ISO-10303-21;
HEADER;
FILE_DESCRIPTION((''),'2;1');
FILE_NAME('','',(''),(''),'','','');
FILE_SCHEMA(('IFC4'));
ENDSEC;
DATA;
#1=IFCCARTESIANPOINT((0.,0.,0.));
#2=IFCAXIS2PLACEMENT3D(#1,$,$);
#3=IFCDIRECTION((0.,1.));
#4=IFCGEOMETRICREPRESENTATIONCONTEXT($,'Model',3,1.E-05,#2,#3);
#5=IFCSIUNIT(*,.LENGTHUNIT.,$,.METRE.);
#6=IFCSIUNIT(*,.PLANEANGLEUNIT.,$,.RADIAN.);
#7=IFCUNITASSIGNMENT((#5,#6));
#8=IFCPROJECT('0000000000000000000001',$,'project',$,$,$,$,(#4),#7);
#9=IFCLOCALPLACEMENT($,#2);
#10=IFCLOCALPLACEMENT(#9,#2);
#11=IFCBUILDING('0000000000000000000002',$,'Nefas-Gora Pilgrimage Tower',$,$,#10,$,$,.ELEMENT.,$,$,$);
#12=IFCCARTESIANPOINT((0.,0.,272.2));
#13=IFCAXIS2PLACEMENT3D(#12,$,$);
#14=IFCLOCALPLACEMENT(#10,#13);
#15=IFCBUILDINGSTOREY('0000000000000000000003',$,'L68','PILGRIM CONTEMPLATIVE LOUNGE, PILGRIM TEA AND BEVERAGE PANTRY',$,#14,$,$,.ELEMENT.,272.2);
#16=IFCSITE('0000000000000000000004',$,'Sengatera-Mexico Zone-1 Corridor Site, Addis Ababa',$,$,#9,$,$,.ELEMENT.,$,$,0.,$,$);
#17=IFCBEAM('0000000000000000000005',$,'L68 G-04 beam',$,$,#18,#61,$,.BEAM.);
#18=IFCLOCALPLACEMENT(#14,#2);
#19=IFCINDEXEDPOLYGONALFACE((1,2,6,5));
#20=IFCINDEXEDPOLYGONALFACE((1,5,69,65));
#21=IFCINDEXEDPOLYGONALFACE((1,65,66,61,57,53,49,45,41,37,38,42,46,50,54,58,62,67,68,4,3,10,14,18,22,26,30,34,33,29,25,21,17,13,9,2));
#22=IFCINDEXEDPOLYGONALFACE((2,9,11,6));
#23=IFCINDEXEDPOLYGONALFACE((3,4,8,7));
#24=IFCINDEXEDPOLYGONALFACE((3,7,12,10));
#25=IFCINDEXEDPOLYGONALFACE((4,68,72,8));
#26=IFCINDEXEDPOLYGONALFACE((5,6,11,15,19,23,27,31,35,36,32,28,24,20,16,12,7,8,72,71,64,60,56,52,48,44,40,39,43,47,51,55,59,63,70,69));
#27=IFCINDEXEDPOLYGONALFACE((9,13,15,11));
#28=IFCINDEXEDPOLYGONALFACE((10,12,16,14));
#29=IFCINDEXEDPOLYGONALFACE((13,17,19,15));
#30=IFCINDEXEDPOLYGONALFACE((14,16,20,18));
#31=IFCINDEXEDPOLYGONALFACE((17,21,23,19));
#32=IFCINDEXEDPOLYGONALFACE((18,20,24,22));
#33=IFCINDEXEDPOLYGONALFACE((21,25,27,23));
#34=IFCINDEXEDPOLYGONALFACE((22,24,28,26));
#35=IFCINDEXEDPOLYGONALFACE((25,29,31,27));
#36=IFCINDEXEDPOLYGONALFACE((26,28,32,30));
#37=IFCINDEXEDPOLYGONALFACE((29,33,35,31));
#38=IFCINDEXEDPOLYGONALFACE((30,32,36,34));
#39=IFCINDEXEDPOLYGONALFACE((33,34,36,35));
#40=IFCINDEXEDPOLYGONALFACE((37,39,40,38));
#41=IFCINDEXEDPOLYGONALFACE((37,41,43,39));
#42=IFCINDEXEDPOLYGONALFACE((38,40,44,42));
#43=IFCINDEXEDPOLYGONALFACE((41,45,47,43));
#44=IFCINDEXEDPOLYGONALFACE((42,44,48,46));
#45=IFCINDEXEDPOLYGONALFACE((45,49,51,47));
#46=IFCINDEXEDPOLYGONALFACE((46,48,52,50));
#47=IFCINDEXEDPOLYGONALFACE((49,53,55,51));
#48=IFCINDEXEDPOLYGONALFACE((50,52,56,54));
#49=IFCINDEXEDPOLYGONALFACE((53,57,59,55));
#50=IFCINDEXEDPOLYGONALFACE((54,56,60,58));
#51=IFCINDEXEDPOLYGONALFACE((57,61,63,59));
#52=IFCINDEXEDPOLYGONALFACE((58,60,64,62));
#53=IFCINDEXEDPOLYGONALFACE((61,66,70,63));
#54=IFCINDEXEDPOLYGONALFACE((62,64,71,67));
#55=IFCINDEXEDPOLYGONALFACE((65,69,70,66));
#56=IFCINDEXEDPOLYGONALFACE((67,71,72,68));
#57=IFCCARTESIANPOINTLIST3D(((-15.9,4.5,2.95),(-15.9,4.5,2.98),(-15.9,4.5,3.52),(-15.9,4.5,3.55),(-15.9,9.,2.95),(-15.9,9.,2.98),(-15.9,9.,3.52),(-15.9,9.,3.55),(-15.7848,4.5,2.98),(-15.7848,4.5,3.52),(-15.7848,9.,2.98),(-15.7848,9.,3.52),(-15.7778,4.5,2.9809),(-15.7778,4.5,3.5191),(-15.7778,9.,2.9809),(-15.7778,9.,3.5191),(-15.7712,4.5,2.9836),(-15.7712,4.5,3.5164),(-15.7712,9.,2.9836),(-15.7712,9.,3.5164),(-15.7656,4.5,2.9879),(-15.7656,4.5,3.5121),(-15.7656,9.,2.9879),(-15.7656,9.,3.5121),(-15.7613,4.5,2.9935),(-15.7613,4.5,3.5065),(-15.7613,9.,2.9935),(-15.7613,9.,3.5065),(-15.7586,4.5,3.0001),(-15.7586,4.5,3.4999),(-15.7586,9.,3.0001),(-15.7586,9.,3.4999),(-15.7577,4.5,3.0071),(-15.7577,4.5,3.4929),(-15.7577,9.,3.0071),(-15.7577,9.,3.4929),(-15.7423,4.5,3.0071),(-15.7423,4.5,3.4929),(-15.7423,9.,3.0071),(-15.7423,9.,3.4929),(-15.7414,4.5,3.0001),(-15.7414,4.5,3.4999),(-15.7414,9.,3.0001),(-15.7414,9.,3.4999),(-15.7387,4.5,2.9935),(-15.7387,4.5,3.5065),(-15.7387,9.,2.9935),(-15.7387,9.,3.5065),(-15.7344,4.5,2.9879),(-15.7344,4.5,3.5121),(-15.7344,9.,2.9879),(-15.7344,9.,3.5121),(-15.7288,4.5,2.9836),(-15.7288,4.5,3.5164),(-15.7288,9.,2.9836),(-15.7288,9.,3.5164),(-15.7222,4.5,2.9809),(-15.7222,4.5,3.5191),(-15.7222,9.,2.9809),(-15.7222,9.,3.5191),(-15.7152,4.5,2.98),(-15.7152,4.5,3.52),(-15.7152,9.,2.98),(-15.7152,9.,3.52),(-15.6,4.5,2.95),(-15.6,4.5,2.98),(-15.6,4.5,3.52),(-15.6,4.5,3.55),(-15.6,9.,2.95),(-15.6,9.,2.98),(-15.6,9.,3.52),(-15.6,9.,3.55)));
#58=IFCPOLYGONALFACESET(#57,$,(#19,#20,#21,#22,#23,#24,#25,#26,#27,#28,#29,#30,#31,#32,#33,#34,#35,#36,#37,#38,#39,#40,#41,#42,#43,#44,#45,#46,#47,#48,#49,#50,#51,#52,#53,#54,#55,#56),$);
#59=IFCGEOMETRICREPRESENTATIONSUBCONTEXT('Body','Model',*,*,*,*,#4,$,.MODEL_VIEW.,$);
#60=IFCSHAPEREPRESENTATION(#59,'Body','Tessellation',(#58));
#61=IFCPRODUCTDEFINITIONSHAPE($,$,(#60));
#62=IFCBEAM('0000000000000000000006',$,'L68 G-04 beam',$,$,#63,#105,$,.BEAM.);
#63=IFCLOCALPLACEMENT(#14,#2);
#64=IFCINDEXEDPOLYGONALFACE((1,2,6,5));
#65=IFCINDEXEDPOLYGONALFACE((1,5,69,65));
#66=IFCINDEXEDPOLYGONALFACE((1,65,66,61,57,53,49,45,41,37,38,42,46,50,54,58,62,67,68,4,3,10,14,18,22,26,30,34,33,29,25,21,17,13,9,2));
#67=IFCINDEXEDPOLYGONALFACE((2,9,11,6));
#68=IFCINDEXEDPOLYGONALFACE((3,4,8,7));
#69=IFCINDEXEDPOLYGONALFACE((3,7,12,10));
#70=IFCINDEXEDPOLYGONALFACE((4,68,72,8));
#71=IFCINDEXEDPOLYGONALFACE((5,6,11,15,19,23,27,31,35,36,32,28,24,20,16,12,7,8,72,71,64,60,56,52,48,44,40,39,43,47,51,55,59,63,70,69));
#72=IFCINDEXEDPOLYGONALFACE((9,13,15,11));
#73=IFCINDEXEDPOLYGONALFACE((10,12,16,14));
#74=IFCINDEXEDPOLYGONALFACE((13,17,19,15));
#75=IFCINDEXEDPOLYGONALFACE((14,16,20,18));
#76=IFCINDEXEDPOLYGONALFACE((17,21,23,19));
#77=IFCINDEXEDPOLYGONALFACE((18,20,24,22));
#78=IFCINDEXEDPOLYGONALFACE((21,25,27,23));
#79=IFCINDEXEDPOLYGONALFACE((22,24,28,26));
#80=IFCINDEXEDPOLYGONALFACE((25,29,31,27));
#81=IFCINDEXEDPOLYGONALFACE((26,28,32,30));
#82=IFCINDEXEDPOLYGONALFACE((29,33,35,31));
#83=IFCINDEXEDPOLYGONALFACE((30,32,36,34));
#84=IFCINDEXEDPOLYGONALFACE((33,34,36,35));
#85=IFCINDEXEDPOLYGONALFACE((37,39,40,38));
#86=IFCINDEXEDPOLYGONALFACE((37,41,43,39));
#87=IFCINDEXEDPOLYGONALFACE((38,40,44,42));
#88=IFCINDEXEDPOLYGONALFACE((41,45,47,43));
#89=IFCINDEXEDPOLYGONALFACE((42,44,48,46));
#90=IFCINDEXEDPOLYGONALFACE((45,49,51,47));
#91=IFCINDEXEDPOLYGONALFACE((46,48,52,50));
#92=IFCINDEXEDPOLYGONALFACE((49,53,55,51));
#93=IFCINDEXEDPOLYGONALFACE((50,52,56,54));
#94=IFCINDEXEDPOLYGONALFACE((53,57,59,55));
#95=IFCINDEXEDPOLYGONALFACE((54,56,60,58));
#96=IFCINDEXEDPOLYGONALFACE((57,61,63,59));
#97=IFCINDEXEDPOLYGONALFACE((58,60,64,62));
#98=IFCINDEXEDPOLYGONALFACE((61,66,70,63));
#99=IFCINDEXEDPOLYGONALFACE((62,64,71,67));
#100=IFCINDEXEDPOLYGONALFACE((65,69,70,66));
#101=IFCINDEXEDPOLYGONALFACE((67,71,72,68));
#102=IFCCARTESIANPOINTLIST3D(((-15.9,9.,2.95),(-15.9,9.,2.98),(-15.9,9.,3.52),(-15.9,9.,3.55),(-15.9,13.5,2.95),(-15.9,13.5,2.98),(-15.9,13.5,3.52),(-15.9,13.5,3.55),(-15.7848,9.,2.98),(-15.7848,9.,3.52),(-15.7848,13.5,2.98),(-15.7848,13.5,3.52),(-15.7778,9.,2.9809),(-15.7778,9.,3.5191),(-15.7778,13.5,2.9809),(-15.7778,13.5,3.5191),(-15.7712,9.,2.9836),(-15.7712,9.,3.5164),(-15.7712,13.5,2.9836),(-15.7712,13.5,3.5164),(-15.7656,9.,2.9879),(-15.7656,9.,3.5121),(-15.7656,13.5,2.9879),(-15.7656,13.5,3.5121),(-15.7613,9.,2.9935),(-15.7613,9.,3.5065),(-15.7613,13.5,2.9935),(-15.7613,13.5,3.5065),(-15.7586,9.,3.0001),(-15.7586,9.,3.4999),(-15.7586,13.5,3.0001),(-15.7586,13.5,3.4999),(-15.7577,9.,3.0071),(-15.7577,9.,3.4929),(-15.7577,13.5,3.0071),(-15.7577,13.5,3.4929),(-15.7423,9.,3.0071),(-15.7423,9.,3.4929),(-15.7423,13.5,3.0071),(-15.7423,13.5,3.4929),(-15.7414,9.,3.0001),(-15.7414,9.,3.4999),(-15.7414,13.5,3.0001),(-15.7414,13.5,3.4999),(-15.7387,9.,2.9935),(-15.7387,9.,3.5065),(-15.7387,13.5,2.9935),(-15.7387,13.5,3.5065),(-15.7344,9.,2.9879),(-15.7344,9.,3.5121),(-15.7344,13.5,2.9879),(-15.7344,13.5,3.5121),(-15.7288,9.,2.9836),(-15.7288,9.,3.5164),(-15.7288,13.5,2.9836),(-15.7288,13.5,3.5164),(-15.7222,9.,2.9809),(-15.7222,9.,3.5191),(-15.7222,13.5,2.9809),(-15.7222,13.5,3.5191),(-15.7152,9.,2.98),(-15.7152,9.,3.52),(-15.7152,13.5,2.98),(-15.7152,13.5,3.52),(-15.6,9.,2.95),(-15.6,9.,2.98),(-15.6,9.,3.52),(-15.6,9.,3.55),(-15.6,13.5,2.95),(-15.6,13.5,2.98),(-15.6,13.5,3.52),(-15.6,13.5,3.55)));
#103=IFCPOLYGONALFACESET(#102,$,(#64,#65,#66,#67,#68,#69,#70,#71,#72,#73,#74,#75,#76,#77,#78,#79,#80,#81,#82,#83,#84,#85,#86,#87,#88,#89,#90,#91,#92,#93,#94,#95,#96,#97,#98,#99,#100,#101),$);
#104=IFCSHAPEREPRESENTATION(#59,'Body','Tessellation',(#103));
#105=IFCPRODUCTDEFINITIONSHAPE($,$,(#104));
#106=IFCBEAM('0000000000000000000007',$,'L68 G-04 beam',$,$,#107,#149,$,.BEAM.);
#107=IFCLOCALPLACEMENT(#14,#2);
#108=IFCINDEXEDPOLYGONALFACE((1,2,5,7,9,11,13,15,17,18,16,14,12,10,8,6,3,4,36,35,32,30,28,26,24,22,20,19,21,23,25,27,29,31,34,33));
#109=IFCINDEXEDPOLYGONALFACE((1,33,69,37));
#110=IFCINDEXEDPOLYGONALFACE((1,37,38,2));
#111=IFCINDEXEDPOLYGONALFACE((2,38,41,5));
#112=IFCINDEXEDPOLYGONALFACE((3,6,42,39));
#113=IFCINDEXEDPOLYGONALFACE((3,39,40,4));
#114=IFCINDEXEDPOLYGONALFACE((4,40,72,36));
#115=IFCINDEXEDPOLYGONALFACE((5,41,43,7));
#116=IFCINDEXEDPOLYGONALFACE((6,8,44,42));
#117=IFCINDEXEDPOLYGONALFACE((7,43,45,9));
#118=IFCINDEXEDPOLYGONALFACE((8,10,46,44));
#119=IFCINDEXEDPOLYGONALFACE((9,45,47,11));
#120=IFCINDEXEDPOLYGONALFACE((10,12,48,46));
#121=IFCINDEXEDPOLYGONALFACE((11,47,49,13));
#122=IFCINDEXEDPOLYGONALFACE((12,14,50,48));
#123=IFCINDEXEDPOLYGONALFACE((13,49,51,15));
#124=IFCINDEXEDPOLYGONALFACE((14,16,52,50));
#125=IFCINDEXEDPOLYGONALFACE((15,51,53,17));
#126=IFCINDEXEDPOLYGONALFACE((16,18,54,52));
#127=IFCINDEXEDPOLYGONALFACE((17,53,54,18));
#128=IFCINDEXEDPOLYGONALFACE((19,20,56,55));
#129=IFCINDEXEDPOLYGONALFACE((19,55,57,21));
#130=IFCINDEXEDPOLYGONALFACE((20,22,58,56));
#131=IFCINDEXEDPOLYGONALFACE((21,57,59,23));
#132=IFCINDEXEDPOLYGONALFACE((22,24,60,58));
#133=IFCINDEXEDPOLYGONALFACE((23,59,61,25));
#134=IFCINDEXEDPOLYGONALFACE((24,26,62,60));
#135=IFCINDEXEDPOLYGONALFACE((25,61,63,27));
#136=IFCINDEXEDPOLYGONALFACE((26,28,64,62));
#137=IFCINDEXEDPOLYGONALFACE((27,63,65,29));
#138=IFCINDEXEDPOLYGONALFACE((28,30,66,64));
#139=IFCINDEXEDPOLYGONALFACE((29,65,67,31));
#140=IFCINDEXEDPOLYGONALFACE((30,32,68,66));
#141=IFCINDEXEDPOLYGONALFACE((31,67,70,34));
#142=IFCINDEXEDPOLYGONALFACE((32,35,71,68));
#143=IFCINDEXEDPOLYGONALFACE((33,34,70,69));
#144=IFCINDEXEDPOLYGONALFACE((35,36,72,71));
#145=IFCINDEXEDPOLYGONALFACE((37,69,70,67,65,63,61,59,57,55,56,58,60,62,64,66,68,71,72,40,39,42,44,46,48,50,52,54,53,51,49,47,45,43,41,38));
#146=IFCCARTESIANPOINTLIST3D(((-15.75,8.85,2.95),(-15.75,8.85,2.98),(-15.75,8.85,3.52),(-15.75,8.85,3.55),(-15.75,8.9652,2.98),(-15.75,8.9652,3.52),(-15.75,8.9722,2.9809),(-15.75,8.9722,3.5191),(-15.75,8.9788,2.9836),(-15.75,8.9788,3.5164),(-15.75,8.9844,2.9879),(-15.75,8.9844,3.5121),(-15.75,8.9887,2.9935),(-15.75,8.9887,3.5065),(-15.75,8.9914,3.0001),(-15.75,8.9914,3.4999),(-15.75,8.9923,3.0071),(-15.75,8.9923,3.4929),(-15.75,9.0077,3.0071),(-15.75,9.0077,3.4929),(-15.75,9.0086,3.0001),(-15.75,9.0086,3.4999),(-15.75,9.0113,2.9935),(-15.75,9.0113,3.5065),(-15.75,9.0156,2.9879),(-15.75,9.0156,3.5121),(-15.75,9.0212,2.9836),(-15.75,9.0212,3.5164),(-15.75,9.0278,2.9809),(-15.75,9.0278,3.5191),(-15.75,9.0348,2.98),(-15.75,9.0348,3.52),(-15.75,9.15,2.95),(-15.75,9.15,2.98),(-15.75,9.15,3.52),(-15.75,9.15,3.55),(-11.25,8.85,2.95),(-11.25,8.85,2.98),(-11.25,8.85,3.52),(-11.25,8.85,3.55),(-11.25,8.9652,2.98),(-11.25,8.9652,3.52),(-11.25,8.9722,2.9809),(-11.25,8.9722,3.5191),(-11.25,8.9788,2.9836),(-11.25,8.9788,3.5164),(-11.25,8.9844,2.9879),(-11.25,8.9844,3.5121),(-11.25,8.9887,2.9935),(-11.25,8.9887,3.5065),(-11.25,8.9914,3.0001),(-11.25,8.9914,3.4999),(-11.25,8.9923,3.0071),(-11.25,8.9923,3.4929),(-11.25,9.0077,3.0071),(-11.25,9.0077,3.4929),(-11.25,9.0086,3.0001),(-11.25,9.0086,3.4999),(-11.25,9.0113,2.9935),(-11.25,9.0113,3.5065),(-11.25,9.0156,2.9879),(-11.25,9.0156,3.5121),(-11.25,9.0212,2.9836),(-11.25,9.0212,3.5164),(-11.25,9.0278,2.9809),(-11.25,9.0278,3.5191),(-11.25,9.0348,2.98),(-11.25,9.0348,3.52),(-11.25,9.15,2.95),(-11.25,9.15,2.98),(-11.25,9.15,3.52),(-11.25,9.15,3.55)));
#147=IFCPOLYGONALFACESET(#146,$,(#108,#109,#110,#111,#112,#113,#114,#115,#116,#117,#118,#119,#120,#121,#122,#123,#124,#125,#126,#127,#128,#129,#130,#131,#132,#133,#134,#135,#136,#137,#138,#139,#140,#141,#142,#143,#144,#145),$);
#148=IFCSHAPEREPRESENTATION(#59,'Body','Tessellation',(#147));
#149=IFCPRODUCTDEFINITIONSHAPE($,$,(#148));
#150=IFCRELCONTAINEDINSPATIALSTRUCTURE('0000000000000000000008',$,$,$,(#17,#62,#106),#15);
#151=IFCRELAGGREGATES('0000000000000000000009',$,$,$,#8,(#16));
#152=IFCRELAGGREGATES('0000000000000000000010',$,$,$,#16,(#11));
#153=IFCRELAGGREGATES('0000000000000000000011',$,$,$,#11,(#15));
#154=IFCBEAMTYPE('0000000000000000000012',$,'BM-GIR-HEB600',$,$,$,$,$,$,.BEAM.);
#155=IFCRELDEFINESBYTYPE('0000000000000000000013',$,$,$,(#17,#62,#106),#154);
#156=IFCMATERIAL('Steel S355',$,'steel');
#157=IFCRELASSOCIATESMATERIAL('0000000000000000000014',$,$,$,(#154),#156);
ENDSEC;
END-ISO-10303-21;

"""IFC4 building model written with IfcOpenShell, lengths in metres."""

from ifc_helpers import new_model, si_unit, direction, frame, origin, origin_2d, place, context, subcontext, project, spatial, i_section, extrude, source, transform, mapped, material, material_profile, profile_set, type_object, element, save


model = new_model("IFC4")

# Units and contexts
model_context = context("Model", 3, precision=1e-05, world=origin(), true_north=direction((0.0, 1.0)))
body_context = subcontext(model_context, "Body", "Model", "MODEL_VIEW")
ifc_project = project(units=[si_unit("LENGTHUNIT", "METRE"), si_unit("PLANEANGLEUNIT", "RADIAN")], contexts=[model_context])

# Site, building, storey
site_placement = place(None, origin())
site = spatial("IfcSite", under=ifc_project, at=site_placement, Name="Sengatera-Mexico Zone-1 Corridor Site, Addis Ababa", CompositionType="ELEMENT", RefElevation=0.0)
building_placement = place(site_placement, origin())
building = spatial("IfcBuilding", under=site, at=building_placement, Name="Nefas-Gora Pilgrimage Tower", CompositionType="ELEMENT")
storey_placement = place(building_placement, frame((0.0, 0.0, 272.2)))
storey = spatial("IfcBuildingStorey", under=building, at=storey_placement, Name="L68", Description="PILGRIM CONTEMPLATIVE LOUNGE, PILGRIM TEA AND BEVERAGE PANTRY", CompositionType="ELEMENT", Elevation=272.2)

# Shared definitions
ifc_material_1 = material(Name="Steel S355", Category="steel")

# Beams
ifc_material_profile_1 = material_profile(ifc_material_1, i_section(OverallWidth=0.3, OverallDepth=0.6001, WebThickness=0.0154, FlangeThickness=0.03, FilletRadius=0.0271, at=origin_2d()), Name="HEB 600")
ifc_profile_set_1 = profile_set([ifc_material_profile_1], Name="Steel S355")
beam_type_1 = type_object("IfcBeamType", Name="BM-GIR-HEB600", PredefinedType="BEAM", material=ifc_profile_set_1)
shared_shape_1 = source(origin(), body_context, "Body", "SweptSolid", [
    extrude(i_section(OverallWidth=0.3, OverallDepth=0.6001, WebThickness=0.0154, FlangeThickness=0.03, FilletRadius=0.0271, at=origin_2d()), origin(), (0.0, 0.0, 1.0), 4.5),
])
for number, where, z_axis, x_axis, name in (
    (1, (-15.75, 4.5, 3.25), (0.0, 1.0, 0.0), (-1.0, 0.0, 0.0), "L68 G-04 beam"),
    (2, (-15.75, 9.0, 3.25), (0.0, 1.0, 0.0), (-1.0, 0.0, 0.0), "L68 G-04 beam"),
    (3, (-15.75, 9.0, 3.25), (1.0, 0.0, 0.0), (0.0, 1.0, 0.0), "L68 G-04 beam"),
):
    element("IfcBeam", number, at=place(storey_placement, frame(where, z_axis=z_axis, x_axis=x_axis)), inside=storey, type_object=beam_type_1, Name=name, PredefinedType="BEAM", context=body_context, shape_type="MappedRepresentation", body=[
        mapped(shared_shape_1, transform((0.0, 0.0, 0.0), x_axis=(1.0, 0.0, 0.0), y_axis=(0.0, 1.0, 0.0), z_axis=(0.0, 0.0, 1.0), scale=1.0)),
    ])

save(model, "model.ifc")
